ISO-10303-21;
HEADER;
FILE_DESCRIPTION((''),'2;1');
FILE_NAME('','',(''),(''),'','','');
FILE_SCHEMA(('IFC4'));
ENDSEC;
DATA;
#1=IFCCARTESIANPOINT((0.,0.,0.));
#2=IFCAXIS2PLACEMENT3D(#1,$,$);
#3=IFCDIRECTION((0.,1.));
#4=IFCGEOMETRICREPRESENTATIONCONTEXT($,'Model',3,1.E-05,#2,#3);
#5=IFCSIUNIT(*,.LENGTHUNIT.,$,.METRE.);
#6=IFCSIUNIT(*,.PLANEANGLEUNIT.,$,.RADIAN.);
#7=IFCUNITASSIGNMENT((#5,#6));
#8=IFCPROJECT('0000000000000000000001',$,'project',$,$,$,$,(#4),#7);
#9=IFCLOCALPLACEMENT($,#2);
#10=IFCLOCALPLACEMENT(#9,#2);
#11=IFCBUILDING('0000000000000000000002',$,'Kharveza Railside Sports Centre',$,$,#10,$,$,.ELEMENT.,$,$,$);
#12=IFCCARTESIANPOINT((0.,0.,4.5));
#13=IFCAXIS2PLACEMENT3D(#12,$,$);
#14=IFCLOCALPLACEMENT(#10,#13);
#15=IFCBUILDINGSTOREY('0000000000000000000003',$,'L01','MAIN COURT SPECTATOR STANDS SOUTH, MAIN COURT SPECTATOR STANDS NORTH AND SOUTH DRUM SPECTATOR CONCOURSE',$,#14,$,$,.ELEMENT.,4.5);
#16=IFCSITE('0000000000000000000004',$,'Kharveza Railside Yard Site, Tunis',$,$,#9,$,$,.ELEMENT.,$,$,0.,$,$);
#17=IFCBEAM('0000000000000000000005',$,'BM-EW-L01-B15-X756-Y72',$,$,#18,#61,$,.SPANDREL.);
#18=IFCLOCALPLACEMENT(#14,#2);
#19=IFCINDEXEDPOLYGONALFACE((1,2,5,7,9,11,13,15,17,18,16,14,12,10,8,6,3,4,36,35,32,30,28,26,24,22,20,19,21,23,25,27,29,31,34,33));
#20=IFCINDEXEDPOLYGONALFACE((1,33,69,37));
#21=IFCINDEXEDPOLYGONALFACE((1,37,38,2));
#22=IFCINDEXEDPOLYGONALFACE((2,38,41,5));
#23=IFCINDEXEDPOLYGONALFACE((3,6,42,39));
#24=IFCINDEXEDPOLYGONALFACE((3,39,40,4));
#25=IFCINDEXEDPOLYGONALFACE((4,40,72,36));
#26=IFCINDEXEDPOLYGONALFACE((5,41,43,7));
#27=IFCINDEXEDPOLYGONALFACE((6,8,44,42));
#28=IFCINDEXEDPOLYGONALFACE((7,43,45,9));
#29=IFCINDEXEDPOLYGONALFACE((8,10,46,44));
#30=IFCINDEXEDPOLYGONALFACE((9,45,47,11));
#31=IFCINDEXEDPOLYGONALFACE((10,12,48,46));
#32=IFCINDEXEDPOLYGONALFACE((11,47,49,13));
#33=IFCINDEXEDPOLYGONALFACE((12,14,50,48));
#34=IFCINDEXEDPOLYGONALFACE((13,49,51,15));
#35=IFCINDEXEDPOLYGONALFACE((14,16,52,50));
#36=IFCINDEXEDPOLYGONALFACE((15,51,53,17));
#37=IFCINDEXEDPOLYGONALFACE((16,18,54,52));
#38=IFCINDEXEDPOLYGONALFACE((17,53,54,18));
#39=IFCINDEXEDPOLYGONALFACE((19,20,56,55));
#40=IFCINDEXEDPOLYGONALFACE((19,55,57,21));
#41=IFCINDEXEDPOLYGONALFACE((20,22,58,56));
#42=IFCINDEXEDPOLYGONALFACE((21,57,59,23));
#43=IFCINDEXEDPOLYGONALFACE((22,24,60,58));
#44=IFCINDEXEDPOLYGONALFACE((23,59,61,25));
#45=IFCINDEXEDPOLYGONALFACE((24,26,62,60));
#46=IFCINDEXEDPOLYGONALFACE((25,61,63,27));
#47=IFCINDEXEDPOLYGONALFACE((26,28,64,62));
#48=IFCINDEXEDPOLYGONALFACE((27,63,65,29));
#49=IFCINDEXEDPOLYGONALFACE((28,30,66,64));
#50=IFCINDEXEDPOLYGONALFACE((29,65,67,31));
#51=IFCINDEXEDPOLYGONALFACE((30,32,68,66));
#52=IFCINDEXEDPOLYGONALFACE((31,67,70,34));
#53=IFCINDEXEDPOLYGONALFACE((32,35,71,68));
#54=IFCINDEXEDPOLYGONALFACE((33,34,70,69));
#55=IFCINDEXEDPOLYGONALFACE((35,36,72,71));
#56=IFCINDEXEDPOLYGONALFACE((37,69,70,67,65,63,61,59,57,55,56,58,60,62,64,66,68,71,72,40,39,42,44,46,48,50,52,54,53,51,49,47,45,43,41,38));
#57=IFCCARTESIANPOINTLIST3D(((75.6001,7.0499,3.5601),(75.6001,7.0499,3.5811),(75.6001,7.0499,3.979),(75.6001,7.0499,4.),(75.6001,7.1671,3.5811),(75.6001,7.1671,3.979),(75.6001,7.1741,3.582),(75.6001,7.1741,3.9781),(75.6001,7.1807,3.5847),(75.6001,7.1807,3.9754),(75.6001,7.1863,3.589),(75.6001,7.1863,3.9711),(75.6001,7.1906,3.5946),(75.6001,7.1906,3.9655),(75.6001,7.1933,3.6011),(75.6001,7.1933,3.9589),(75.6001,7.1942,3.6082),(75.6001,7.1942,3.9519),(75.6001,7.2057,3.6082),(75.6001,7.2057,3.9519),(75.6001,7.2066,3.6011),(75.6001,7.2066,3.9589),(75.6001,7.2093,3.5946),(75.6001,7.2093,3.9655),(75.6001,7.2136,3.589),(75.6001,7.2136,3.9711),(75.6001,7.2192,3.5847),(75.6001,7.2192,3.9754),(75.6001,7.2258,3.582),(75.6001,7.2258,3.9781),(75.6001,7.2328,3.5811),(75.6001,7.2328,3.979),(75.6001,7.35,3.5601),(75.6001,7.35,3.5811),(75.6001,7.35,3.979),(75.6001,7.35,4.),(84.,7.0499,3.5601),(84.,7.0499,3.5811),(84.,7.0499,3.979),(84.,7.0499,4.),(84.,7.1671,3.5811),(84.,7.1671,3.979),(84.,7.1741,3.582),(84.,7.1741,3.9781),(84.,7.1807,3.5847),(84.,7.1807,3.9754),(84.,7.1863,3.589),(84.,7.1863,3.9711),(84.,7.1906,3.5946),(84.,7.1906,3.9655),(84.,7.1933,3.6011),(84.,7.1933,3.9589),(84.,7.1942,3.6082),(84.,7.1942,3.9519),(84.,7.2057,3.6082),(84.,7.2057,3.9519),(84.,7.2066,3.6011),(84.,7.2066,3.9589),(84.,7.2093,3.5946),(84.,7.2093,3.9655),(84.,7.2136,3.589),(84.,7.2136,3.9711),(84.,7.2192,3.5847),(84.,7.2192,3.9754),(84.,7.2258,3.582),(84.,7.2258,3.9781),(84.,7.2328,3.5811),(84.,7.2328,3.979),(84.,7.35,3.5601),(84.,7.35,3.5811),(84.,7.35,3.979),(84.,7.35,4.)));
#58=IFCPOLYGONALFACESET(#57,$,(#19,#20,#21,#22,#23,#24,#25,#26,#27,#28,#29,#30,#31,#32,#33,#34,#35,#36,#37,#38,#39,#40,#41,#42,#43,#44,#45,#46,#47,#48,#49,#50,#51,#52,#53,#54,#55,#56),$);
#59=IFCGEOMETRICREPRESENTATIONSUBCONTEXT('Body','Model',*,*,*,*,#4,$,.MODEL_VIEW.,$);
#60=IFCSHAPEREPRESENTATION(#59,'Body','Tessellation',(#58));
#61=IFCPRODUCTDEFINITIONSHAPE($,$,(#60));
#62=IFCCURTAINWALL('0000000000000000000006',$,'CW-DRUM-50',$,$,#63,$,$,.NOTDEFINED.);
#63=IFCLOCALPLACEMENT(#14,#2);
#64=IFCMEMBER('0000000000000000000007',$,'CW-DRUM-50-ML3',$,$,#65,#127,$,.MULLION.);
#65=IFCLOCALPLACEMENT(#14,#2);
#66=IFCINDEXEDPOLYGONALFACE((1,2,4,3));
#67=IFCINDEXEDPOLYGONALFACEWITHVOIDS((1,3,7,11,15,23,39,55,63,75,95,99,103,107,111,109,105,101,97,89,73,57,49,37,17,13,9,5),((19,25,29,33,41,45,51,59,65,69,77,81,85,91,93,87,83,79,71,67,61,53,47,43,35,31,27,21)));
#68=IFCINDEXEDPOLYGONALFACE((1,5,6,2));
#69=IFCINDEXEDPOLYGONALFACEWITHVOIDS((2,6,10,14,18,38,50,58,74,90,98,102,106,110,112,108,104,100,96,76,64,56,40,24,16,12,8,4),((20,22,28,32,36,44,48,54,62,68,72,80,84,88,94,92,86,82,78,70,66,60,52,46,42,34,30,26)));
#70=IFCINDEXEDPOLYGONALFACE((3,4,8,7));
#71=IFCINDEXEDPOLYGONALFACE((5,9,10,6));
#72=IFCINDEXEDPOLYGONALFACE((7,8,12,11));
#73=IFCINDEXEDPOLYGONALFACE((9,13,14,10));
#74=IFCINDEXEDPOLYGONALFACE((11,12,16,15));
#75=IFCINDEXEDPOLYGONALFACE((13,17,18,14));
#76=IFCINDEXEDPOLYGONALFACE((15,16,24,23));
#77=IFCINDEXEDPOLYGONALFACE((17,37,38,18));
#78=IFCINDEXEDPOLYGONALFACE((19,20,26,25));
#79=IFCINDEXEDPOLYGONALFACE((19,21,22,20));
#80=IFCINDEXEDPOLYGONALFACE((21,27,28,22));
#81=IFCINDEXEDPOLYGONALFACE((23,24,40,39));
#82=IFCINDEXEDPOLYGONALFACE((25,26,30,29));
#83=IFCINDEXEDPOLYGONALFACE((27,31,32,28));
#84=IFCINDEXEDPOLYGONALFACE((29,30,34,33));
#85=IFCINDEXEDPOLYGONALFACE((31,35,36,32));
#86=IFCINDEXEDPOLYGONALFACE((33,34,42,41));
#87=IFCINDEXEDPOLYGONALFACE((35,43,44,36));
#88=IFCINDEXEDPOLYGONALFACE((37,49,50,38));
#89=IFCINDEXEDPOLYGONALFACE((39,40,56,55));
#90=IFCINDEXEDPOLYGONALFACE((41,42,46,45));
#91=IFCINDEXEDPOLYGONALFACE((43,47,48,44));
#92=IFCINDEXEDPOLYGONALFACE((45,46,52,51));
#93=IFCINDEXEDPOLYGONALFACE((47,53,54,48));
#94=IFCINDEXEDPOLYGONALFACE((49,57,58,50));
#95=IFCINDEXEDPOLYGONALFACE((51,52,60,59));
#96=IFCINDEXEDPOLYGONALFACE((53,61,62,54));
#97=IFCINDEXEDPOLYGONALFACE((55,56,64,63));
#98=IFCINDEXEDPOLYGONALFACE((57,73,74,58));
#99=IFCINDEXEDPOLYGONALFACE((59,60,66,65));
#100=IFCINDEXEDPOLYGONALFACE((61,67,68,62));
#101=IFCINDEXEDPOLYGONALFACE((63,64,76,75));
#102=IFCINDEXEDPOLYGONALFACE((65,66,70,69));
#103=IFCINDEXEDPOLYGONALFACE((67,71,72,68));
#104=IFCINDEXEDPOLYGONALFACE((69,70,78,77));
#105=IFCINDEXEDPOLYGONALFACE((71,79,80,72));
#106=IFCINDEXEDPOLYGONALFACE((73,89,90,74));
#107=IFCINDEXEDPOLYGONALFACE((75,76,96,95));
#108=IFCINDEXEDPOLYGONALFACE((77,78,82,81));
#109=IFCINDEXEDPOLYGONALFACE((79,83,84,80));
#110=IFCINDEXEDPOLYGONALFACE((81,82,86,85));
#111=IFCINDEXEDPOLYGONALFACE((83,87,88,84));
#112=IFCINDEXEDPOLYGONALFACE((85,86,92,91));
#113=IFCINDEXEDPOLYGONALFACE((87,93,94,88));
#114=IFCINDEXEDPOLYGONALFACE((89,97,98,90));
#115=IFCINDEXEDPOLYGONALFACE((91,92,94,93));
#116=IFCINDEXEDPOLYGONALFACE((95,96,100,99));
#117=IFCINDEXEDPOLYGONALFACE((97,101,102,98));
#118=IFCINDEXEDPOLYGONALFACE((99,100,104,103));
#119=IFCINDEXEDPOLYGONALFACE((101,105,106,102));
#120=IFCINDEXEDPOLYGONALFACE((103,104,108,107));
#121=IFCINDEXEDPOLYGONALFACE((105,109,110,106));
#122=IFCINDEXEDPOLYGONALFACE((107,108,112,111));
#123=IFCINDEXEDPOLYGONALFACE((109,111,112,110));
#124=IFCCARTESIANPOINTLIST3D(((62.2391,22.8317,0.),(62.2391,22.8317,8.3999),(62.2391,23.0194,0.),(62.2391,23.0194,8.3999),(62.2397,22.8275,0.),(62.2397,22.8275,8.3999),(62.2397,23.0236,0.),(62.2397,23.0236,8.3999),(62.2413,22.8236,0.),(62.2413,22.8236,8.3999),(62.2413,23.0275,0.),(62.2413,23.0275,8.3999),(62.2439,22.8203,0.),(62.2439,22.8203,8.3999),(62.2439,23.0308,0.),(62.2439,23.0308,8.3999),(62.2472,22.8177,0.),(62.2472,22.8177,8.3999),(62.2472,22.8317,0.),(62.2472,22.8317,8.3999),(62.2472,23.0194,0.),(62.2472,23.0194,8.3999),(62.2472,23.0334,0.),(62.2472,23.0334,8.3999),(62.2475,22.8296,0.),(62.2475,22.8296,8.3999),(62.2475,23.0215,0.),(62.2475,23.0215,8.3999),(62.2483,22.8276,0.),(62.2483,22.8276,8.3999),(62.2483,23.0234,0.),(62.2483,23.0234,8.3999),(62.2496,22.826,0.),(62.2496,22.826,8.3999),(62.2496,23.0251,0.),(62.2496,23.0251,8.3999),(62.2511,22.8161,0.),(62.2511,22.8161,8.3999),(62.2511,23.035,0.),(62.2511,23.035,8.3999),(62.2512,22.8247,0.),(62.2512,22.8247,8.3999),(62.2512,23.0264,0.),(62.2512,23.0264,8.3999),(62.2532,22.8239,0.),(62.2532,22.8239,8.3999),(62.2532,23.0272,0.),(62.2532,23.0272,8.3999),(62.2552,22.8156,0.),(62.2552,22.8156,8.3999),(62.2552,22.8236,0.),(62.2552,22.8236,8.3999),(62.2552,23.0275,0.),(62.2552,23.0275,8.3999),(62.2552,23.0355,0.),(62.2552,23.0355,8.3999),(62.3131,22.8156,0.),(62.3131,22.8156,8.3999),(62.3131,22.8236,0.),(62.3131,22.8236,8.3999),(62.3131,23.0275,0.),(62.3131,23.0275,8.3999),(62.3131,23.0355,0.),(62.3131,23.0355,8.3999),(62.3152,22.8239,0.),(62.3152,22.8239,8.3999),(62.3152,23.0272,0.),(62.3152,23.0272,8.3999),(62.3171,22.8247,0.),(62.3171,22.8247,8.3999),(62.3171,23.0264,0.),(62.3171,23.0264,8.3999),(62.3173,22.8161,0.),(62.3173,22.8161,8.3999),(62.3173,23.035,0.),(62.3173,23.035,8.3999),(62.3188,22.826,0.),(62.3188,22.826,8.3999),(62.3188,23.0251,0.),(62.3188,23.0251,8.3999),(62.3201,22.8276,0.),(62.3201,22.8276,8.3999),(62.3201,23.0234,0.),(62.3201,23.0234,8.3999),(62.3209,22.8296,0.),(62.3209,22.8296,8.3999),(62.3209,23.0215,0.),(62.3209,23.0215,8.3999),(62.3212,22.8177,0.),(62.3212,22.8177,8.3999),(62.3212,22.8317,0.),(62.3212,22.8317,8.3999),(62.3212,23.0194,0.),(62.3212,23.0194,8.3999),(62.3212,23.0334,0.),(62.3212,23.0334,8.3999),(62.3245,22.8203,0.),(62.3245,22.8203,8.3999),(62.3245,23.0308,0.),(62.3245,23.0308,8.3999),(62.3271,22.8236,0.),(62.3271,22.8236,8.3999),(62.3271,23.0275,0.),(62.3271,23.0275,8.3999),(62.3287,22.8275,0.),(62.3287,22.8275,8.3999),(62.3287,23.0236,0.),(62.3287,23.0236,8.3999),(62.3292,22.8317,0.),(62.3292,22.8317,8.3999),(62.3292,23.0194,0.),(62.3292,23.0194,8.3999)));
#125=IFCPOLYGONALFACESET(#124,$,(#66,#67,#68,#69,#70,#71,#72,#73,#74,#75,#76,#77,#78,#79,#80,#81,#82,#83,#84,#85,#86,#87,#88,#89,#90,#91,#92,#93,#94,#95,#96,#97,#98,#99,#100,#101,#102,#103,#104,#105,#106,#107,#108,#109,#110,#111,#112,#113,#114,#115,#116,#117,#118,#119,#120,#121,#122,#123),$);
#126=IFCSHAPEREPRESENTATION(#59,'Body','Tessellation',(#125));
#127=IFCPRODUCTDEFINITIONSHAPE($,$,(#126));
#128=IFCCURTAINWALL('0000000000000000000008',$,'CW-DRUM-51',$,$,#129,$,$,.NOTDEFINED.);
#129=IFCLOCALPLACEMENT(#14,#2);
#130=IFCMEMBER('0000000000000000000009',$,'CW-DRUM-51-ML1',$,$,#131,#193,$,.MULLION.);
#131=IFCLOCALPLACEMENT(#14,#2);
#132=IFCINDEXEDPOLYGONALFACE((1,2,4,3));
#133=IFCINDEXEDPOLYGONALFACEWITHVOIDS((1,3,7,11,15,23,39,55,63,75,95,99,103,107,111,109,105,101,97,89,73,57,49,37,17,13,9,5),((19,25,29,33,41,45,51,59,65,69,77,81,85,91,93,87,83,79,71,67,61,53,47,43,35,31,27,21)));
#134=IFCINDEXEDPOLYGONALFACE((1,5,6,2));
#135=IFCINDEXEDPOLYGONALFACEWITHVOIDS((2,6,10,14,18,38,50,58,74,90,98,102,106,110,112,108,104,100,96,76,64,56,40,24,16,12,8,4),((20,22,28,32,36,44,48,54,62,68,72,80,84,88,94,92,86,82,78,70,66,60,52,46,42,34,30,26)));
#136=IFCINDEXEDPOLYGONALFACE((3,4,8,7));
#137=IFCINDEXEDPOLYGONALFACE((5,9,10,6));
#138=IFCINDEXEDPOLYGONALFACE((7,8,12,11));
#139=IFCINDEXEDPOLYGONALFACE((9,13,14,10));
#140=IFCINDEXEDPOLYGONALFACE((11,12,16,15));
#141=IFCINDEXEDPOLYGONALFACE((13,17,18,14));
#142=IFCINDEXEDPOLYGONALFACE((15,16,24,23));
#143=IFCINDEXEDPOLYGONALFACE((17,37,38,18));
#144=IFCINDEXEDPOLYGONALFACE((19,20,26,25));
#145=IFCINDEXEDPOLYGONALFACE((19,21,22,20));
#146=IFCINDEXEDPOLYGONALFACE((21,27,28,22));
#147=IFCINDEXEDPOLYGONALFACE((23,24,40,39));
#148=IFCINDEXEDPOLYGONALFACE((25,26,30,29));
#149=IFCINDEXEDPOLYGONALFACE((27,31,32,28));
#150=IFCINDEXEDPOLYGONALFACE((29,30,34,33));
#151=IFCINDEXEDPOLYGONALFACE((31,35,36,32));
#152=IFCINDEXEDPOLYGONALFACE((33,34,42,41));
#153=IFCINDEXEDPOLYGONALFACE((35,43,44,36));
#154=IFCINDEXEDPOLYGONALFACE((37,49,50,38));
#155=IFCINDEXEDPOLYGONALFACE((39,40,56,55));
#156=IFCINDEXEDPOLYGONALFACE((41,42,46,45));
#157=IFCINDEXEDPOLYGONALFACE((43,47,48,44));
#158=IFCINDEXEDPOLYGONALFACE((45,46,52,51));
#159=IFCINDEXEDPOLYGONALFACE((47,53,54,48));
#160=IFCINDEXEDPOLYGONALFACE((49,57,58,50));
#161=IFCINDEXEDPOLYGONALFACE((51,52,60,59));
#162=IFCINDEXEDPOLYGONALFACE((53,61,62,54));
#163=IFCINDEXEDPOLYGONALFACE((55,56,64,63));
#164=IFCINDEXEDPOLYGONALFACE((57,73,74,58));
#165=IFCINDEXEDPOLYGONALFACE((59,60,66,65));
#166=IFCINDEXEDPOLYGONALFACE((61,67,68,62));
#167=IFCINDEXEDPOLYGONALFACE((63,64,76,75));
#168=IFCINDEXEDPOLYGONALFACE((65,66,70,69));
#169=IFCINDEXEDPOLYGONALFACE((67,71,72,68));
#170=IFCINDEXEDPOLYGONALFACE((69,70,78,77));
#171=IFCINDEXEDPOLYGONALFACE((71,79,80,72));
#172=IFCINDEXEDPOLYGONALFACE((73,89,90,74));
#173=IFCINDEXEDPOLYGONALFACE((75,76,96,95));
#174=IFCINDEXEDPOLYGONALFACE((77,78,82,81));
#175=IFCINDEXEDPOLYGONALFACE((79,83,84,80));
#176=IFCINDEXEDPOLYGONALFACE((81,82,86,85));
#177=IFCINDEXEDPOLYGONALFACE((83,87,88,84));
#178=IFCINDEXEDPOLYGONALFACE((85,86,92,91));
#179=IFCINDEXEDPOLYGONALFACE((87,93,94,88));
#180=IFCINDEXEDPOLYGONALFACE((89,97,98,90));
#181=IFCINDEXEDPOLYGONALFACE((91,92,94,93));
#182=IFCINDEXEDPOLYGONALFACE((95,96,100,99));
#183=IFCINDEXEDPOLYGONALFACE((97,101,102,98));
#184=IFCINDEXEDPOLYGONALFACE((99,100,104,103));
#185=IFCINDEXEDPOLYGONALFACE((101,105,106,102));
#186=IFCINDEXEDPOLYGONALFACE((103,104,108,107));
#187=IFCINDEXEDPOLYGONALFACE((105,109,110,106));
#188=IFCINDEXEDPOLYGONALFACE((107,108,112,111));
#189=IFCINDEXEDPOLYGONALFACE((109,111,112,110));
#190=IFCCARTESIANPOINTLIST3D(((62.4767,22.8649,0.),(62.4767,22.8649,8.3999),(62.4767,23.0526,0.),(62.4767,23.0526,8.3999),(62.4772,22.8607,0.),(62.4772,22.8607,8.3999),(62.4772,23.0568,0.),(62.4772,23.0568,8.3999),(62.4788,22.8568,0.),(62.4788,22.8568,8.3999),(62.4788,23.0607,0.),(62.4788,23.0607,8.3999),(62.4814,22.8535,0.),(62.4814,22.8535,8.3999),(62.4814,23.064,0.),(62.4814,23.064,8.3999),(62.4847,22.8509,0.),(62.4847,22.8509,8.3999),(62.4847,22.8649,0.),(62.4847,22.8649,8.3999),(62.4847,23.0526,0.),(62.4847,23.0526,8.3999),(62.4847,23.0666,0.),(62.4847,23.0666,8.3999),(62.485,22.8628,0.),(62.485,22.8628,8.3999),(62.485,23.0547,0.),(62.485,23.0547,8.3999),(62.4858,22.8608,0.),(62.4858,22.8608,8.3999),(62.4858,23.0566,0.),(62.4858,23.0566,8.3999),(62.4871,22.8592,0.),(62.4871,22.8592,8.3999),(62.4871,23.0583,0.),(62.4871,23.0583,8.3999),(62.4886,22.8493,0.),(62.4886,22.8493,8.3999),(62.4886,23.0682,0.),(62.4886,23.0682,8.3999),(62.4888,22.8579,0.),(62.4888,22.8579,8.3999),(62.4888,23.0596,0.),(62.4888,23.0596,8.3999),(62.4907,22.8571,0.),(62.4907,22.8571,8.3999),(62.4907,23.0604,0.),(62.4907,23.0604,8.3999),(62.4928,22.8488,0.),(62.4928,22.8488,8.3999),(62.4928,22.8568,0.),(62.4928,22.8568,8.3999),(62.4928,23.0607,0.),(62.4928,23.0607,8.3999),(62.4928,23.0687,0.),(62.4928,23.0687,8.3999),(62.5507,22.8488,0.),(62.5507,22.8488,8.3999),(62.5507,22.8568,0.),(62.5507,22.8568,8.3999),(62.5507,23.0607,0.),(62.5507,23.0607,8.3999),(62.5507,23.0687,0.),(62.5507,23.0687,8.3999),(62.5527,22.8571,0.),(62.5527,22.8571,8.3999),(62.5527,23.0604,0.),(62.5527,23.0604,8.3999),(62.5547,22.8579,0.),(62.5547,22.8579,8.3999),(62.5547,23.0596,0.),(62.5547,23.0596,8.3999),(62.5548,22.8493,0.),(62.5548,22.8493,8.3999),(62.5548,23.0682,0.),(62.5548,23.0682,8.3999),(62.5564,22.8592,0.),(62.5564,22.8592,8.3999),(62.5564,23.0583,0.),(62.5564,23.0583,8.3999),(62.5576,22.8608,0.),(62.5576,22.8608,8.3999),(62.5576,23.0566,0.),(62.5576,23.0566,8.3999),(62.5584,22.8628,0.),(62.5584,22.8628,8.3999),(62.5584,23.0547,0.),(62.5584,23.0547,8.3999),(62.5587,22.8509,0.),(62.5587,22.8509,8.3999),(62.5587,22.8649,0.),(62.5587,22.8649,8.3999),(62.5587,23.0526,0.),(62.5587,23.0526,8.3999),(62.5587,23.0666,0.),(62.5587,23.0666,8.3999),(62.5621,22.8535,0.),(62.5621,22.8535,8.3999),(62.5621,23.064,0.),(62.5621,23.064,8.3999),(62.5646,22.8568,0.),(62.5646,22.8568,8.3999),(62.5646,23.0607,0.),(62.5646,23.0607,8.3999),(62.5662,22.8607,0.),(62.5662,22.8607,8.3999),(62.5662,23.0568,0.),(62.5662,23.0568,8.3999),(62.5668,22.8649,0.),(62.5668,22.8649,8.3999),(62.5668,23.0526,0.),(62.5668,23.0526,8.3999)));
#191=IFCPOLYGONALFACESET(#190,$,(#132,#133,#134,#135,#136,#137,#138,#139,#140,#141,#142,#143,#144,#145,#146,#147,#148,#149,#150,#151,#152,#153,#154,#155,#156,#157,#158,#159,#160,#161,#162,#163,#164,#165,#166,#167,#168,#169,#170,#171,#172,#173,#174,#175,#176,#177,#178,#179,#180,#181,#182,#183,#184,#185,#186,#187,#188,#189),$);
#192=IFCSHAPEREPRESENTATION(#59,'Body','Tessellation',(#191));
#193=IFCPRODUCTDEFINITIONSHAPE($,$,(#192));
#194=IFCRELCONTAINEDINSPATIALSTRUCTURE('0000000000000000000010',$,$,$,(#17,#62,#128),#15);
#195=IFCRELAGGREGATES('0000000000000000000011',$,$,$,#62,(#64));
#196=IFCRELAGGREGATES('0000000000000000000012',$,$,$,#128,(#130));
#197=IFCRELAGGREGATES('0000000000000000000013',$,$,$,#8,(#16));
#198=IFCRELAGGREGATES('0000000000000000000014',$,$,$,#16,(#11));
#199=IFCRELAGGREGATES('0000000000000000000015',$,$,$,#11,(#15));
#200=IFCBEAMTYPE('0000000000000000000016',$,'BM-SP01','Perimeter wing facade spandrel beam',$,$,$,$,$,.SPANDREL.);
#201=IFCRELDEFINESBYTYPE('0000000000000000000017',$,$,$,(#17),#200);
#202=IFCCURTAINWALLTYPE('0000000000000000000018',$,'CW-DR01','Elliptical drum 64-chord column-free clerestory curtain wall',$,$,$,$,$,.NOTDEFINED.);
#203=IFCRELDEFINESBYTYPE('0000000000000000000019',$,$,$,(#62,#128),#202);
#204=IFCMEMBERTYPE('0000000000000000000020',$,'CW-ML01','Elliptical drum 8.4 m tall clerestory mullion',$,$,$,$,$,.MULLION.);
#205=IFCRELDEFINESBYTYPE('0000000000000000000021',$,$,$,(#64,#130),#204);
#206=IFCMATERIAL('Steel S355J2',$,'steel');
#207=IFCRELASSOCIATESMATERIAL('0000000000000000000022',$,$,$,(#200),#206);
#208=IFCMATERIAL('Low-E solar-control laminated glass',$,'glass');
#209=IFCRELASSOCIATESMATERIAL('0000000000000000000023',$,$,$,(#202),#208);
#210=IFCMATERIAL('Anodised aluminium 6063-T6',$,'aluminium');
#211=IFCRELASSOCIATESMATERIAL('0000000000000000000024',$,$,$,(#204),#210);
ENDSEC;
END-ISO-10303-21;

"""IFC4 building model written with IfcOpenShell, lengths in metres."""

from ifc_helpers import new_model, si_unit, direction, frame, origin, origin_2d, place, context, subcontext, project, spatial, hollow_rectangle, i_section, extrude, material, material_profile, profile_set, type_object, element, aggregate, save


model = new_model("IFC4")

# Units and contexts
model_context = context("Model", 3, precision=1e-05, world=origin(), true_north=direction((0.0, 1.0)))
body_context = subcontext(model_context, "Body", "Model", "MODEL_VIEW")
ifc_project = project(units=[si_unit("LENGTHUNIT", "METRE"), si_unit("PLANEANGLEUNIT", "RADIAN")], contexts=[model_context])

# Site, building, storey
site_placement = place(None, origin())
site = spatial("IfcSite", under=ifc_project, at=site_placement, Name="Kharveza Railside Yard Site, Tunis", CompositionType="ELEMENT", RefElevation=0.0)
building_placement = place(site_placement, origin())
building = spatial("IfcBuilding", under=site, at=building_placement, Name="Kharveza Railside Sports Centre", CompositionType="ELEMENT")
storey_placement = place(building_placement, frame((0.0, 0.0, 4.5)))
storey = spatial("IfcBuildingStorey", under=building, at=storey_placement, Name="L01", Description="MAIN COURT SPECTATOR STANDS SOUTH, MAIN COURT SPECTATOR STANDS NORTH AND SOUTH DRUM SPECTATOR CONCOURSE", CompositionType="ELEMENT", Elevation=4.5)

# Shared definitions
ifc_material_1 = material(Name="Steel S355J2", Category="steel")

# Beam
ifc_material_profile_1 = material_profile(ifc_material_1, i_section(OverallWidth=0.3, OverallDepth=0.4399, WebThickness=0.0115, FlangeThickness=0.021, FilletRadius=0.0271, at=origin_2d()), Name="HEA 450")
ifc_profile_set_1 = profile_set([ifc_material_profile_1], Name="Steel S355J2")
beam_type_1 = type_object("IfcBeamType", Name="BM-SP01", Description="Perimeter wing facade spandrel beam", PredefinedType="SPANDREL", material=ifc_profile_set_1)
beam_1_placement = place(storey_placement, frame((75.6001, 7.2, 3.78), z_axis=(1.0, 0.0, 0.0), x_axis=(0.0, 1.0, 0.0)))
element("IfcBeam", 1, at=beam_1_placement, inside=storey, type_object=beam_type_1, Name="BM-EW-L01-B15-X756-Y72", PredefinedType="SPANDREL", context=body_context, shape_type="SweptSolid", body=[
    extrude(i_section(OverallWidth=0.3, OverallDepth=0.4399, WebThickness=0.0115, FlangeThickness=0.021, FilletRadius=0.0271, at=origin_2d()), origin(), (0.0, 0.0, 1.0), 8.3999),
])

# Curtain wall, member
ifc_material_2 = material(Name="Low-E solar-control laminated glass", Category="glass")
curtain_wall_type = type_object("IfcCurtainWallType", Name="CW-DR01", Description="Elliptical drum 64-chord column-free clerestory curtain wall", PredefinedType="NOTDEFINED", material=ifc_material_2)
curtain_wall_1_placement = place(storey_placement, origin())
curtain_wall_1 = element("IfcCurtainWall", 2, at=curtain_wall_1_placement, inside=storey, type_object=curtain_wall_type, Name="CW-DRUM-50", PredefinedType="NOTDEFINED")
ifc_material_3 = material(Name="Anodised aluminium 6063-T6", Category="aluminium")
ifc_material_profile_2 = material_profile(ifc_material_3, hollow_rectangle(XDim=0.0901, YDim=0.22, WallThickness=0.0081, InnerFilletRadius=0.0081, OuterFilletRadius=0.0161, at=origin_2d()), Name="RHS 90x220x8.0")
ifc_profile_set_2 = profile_set([ifc_material_profile_2], Name="Anodised aluminium 6063-T6")
member_type_1 = type_object("IfcMemberType", Name="CW-ML01", Description="Elliptical drum 8.4 m tall clerestory mullion", PredefinedType="MULLION", material=ifc_profile_set_2)
member_1_placement = place(storey_placement, frame((62.2842, 22.9255, 0.0), z_axis=(0.0, 0.0, 1.0), x_axis=(1.0, 0.0, 0.0)))
member_1 = element("IfcMember", 3, at=member_1_placement, type_object=member_type_1, Name="CW-DRUM-50-ML3", PredefinedType="MULLION", context=body_context, shape_type="SweptSolid", body=[
    extrude(hollow_rectangle(XDim=0.0901, YDim=0.22, WallThickness=0.0081, InnerFilletRadius=0.0081, OuterFilletRadius=0.0161, at=origin_2d()), origin(), (0.0, 0.0, 1.0), 8.3999),
])

# Curtain wall, member
curtain_wall_2_placement = place(storey_placement, origin())
curtain_wall_2 = element("IfcCurtainWall", 4, at=curtain_wall_2_placement, inside=storey, type_object=curtain_wall_type, Name="CW-DRUM-51", PredefinedType="NOTDEFINED")
member_2_placement = place(storey_placement, frame((62.5217, 22.9587, 0.0), z_axis=(0.0, 0.0, 1.0), x_axis=(1.0, 0.0, 0.0)))
member_2 = element("IfcMember", 5, at=member_2_placement, type_object=member_type_1, Name="CW-DRUM-51-ML1", PredefinedType="MULLION", context=body_context, shape_type="SweptSolid", body=[
    extrude(hollow_rectangle(XDim=0.0901, YDim=0.22, WallThickness=0.0081, InnerFilletRadius=0.0081, OuterFilletRadius=0.0161, at=origin_2d()), origin(), (0.0, 0.0, 1.0), 8.3999),
])

aggregate(curtain_wall_1, [member_1])
aggregate(curtain_wall_2, [member_2])

save(model, "model.ifc")
